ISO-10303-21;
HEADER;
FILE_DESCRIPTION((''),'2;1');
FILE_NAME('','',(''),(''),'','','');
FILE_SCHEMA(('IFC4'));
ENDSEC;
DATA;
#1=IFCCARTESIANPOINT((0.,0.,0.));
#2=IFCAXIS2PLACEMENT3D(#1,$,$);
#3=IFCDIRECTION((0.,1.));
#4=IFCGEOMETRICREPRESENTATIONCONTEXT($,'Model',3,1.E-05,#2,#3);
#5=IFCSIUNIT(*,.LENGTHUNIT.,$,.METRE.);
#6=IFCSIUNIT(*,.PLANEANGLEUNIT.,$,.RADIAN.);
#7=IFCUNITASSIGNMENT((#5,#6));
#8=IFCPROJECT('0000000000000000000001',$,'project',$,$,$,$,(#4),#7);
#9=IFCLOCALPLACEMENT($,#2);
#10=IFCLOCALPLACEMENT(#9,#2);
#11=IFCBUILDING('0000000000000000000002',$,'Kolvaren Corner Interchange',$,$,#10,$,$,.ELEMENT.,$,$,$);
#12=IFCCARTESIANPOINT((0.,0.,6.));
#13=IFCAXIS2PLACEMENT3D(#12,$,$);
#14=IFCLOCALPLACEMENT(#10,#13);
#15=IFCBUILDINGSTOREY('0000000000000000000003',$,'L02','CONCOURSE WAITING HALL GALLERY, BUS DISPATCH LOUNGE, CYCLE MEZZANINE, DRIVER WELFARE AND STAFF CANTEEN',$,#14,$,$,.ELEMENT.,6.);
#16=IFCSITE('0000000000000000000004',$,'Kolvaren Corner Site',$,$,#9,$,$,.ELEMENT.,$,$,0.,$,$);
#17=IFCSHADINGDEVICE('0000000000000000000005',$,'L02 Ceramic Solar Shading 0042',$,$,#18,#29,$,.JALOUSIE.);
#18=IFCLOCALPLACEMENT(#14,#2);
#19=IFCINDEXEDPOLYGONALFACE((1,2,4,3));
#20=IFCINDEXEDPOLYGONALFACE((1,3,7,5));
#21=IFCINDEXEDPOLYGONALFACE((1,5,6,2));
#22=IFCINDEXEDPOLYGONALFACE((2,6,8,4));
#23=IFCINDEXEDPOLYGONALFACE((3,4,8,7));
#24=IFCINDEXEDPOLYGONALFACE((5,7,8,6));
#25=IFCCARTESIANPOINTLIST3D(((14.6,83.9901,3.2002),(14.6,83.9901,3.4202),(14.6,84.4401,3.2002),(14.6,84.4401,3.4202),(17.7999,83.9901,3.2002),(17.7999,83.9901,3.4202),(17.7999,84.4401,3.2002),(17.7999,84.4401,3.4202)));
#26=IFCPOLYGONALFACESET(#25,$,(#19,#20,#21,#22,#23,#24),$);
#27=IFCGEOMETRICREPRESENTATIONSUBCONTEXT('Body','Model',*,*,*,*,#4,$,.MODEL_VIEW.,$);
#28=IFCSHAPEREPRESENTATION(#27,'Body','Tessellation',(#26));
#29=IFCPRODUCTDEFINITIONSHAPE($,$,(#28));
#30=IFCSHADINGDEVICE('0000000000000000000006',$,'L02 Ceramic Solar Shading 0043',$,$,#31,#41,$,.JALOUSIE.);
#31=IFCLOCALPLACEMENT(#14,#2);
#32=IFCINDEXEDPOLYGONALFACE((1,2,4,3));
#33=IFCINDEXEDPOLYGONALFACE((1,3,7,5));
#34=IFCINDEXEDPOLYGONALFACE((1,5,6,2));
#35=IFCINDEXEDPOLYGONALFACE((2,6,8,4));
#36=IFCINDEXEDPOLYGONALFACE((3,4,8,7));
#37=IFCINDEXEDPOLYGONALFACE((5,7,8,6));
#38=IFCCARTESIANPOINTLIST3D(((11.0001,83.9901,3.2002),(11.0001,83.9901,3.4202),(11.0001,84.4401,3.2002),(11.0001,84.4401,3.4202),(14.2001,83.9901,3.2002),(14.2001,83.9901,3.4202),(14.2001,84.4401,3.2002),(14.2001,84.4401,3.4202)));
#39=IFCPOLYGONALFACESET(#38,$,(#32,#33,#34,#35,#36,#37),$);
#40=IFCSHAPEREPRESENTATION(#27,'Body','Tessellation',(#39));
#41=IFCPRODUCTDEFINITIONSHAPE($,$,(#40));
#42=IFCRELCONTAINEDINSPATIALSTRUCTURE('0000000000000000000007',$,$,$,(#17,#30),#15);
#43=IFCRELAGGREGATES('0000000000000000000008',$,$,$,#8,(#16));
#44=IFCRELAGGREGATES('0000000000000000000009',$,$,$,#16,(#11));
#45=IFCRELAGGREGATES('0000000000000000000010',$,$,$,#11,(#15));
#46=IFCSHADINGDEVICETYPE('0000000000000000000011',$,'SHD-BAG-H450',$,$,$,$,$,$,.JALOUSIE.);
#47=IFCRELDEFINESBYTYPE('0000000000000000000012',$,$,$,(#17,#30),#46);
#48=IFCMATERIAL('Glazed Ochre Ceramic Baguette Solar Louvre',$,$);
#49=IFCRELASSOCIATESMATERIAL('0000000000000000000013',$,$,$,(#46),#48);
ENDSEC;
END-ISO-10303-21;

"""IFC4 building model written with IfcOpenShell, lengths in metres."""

from ifc_helpers import new_model, si_unit, direction, frame, origin, origin_2d, place, context, subcontext, project, spatial, rectangle, extrude, material, type_object, element, save


model = new_model("IFC4")

# Units and contexts
model_context = context("Model", 3, precision=1e-05, world=origin(), true_north=direction((0.0, 1.0)))
body_context = subcontext(model_context, "Body", "Model", "MODEL_VIEW")
ifc_project = project(units=[si_unit("LENGTHUNIT", "METRE"), si_unit("PLANEANGLEUNIT", "RADIAN")], contexts=[model_context])

# Site, building, storey
site_placement = place(None, origin())
site = spatial("IfcSite", under=ifc_project, at=site_placement, Name="Kolvaren Corner Site", CompositionType="ELEMENT", RefElevation=0.0)
building_placement = place(site_placement, origin())
building = spatial("IfcBuilding", under=site, at=building_placement, Name="Kolvaren Corner Interchange", CompositionType="ELEMENT")
storey_placement = place(building_placement, frame((0.0, 0.0, 6.0)))
storey = spatial("IfcBuildingStorey", under=building, at=storey_placement, Name="L02", Description="CONCOURSE WAITING HALL GALLERY, BUS DISPATCH LOUNGE, CYCLE MEZZANINE, DRIVER WELFARE AND STAFF CANTEEN", CompositionType="ELEMENT", Elevation=6.0)

# Shading devices
ifc_material_1 = material(Name="Glazed Ochre Ceramic Baguette Solar Louvre")
shading_device_type = type_object("IfcShadingDeviceType", Name="SHD-BAG-H450", PredefinedType="JALOUSIE", material=ifc_material_1)
for number, where, z_axis, x_axis, name in (
    (1, (16.2, 84.2151, 3.2002), (0.0, 0.0, 1.0), (-1.0, 0.0, 0.0), "L02 Ceramic Solar Shading 0042"),
    (2, (12.6001, 84.2151, 3.2002), (0.0, 0.0, 1.0), (-1.0, 0.0, 0.0), "L02 Ceramic Solar Shading 0043"),
):
    element("IfcShadingDevice", number, at=place(storey_placement, frame(where, z_axis=z_axis, x_axis=x_axis)), inside=storey, type_object=shading_device_type, Name=name, PredefinedType="JALOUSIE", context=body_context, shape_type="SweptSolid", body=[
        extrude(rectangle(XDim=3.2, YDim=0.45, at=origin_2d()), origin(), (0.0, 0.0, 1.0), 0.22),
    ])

save(model, "model.ifc")
